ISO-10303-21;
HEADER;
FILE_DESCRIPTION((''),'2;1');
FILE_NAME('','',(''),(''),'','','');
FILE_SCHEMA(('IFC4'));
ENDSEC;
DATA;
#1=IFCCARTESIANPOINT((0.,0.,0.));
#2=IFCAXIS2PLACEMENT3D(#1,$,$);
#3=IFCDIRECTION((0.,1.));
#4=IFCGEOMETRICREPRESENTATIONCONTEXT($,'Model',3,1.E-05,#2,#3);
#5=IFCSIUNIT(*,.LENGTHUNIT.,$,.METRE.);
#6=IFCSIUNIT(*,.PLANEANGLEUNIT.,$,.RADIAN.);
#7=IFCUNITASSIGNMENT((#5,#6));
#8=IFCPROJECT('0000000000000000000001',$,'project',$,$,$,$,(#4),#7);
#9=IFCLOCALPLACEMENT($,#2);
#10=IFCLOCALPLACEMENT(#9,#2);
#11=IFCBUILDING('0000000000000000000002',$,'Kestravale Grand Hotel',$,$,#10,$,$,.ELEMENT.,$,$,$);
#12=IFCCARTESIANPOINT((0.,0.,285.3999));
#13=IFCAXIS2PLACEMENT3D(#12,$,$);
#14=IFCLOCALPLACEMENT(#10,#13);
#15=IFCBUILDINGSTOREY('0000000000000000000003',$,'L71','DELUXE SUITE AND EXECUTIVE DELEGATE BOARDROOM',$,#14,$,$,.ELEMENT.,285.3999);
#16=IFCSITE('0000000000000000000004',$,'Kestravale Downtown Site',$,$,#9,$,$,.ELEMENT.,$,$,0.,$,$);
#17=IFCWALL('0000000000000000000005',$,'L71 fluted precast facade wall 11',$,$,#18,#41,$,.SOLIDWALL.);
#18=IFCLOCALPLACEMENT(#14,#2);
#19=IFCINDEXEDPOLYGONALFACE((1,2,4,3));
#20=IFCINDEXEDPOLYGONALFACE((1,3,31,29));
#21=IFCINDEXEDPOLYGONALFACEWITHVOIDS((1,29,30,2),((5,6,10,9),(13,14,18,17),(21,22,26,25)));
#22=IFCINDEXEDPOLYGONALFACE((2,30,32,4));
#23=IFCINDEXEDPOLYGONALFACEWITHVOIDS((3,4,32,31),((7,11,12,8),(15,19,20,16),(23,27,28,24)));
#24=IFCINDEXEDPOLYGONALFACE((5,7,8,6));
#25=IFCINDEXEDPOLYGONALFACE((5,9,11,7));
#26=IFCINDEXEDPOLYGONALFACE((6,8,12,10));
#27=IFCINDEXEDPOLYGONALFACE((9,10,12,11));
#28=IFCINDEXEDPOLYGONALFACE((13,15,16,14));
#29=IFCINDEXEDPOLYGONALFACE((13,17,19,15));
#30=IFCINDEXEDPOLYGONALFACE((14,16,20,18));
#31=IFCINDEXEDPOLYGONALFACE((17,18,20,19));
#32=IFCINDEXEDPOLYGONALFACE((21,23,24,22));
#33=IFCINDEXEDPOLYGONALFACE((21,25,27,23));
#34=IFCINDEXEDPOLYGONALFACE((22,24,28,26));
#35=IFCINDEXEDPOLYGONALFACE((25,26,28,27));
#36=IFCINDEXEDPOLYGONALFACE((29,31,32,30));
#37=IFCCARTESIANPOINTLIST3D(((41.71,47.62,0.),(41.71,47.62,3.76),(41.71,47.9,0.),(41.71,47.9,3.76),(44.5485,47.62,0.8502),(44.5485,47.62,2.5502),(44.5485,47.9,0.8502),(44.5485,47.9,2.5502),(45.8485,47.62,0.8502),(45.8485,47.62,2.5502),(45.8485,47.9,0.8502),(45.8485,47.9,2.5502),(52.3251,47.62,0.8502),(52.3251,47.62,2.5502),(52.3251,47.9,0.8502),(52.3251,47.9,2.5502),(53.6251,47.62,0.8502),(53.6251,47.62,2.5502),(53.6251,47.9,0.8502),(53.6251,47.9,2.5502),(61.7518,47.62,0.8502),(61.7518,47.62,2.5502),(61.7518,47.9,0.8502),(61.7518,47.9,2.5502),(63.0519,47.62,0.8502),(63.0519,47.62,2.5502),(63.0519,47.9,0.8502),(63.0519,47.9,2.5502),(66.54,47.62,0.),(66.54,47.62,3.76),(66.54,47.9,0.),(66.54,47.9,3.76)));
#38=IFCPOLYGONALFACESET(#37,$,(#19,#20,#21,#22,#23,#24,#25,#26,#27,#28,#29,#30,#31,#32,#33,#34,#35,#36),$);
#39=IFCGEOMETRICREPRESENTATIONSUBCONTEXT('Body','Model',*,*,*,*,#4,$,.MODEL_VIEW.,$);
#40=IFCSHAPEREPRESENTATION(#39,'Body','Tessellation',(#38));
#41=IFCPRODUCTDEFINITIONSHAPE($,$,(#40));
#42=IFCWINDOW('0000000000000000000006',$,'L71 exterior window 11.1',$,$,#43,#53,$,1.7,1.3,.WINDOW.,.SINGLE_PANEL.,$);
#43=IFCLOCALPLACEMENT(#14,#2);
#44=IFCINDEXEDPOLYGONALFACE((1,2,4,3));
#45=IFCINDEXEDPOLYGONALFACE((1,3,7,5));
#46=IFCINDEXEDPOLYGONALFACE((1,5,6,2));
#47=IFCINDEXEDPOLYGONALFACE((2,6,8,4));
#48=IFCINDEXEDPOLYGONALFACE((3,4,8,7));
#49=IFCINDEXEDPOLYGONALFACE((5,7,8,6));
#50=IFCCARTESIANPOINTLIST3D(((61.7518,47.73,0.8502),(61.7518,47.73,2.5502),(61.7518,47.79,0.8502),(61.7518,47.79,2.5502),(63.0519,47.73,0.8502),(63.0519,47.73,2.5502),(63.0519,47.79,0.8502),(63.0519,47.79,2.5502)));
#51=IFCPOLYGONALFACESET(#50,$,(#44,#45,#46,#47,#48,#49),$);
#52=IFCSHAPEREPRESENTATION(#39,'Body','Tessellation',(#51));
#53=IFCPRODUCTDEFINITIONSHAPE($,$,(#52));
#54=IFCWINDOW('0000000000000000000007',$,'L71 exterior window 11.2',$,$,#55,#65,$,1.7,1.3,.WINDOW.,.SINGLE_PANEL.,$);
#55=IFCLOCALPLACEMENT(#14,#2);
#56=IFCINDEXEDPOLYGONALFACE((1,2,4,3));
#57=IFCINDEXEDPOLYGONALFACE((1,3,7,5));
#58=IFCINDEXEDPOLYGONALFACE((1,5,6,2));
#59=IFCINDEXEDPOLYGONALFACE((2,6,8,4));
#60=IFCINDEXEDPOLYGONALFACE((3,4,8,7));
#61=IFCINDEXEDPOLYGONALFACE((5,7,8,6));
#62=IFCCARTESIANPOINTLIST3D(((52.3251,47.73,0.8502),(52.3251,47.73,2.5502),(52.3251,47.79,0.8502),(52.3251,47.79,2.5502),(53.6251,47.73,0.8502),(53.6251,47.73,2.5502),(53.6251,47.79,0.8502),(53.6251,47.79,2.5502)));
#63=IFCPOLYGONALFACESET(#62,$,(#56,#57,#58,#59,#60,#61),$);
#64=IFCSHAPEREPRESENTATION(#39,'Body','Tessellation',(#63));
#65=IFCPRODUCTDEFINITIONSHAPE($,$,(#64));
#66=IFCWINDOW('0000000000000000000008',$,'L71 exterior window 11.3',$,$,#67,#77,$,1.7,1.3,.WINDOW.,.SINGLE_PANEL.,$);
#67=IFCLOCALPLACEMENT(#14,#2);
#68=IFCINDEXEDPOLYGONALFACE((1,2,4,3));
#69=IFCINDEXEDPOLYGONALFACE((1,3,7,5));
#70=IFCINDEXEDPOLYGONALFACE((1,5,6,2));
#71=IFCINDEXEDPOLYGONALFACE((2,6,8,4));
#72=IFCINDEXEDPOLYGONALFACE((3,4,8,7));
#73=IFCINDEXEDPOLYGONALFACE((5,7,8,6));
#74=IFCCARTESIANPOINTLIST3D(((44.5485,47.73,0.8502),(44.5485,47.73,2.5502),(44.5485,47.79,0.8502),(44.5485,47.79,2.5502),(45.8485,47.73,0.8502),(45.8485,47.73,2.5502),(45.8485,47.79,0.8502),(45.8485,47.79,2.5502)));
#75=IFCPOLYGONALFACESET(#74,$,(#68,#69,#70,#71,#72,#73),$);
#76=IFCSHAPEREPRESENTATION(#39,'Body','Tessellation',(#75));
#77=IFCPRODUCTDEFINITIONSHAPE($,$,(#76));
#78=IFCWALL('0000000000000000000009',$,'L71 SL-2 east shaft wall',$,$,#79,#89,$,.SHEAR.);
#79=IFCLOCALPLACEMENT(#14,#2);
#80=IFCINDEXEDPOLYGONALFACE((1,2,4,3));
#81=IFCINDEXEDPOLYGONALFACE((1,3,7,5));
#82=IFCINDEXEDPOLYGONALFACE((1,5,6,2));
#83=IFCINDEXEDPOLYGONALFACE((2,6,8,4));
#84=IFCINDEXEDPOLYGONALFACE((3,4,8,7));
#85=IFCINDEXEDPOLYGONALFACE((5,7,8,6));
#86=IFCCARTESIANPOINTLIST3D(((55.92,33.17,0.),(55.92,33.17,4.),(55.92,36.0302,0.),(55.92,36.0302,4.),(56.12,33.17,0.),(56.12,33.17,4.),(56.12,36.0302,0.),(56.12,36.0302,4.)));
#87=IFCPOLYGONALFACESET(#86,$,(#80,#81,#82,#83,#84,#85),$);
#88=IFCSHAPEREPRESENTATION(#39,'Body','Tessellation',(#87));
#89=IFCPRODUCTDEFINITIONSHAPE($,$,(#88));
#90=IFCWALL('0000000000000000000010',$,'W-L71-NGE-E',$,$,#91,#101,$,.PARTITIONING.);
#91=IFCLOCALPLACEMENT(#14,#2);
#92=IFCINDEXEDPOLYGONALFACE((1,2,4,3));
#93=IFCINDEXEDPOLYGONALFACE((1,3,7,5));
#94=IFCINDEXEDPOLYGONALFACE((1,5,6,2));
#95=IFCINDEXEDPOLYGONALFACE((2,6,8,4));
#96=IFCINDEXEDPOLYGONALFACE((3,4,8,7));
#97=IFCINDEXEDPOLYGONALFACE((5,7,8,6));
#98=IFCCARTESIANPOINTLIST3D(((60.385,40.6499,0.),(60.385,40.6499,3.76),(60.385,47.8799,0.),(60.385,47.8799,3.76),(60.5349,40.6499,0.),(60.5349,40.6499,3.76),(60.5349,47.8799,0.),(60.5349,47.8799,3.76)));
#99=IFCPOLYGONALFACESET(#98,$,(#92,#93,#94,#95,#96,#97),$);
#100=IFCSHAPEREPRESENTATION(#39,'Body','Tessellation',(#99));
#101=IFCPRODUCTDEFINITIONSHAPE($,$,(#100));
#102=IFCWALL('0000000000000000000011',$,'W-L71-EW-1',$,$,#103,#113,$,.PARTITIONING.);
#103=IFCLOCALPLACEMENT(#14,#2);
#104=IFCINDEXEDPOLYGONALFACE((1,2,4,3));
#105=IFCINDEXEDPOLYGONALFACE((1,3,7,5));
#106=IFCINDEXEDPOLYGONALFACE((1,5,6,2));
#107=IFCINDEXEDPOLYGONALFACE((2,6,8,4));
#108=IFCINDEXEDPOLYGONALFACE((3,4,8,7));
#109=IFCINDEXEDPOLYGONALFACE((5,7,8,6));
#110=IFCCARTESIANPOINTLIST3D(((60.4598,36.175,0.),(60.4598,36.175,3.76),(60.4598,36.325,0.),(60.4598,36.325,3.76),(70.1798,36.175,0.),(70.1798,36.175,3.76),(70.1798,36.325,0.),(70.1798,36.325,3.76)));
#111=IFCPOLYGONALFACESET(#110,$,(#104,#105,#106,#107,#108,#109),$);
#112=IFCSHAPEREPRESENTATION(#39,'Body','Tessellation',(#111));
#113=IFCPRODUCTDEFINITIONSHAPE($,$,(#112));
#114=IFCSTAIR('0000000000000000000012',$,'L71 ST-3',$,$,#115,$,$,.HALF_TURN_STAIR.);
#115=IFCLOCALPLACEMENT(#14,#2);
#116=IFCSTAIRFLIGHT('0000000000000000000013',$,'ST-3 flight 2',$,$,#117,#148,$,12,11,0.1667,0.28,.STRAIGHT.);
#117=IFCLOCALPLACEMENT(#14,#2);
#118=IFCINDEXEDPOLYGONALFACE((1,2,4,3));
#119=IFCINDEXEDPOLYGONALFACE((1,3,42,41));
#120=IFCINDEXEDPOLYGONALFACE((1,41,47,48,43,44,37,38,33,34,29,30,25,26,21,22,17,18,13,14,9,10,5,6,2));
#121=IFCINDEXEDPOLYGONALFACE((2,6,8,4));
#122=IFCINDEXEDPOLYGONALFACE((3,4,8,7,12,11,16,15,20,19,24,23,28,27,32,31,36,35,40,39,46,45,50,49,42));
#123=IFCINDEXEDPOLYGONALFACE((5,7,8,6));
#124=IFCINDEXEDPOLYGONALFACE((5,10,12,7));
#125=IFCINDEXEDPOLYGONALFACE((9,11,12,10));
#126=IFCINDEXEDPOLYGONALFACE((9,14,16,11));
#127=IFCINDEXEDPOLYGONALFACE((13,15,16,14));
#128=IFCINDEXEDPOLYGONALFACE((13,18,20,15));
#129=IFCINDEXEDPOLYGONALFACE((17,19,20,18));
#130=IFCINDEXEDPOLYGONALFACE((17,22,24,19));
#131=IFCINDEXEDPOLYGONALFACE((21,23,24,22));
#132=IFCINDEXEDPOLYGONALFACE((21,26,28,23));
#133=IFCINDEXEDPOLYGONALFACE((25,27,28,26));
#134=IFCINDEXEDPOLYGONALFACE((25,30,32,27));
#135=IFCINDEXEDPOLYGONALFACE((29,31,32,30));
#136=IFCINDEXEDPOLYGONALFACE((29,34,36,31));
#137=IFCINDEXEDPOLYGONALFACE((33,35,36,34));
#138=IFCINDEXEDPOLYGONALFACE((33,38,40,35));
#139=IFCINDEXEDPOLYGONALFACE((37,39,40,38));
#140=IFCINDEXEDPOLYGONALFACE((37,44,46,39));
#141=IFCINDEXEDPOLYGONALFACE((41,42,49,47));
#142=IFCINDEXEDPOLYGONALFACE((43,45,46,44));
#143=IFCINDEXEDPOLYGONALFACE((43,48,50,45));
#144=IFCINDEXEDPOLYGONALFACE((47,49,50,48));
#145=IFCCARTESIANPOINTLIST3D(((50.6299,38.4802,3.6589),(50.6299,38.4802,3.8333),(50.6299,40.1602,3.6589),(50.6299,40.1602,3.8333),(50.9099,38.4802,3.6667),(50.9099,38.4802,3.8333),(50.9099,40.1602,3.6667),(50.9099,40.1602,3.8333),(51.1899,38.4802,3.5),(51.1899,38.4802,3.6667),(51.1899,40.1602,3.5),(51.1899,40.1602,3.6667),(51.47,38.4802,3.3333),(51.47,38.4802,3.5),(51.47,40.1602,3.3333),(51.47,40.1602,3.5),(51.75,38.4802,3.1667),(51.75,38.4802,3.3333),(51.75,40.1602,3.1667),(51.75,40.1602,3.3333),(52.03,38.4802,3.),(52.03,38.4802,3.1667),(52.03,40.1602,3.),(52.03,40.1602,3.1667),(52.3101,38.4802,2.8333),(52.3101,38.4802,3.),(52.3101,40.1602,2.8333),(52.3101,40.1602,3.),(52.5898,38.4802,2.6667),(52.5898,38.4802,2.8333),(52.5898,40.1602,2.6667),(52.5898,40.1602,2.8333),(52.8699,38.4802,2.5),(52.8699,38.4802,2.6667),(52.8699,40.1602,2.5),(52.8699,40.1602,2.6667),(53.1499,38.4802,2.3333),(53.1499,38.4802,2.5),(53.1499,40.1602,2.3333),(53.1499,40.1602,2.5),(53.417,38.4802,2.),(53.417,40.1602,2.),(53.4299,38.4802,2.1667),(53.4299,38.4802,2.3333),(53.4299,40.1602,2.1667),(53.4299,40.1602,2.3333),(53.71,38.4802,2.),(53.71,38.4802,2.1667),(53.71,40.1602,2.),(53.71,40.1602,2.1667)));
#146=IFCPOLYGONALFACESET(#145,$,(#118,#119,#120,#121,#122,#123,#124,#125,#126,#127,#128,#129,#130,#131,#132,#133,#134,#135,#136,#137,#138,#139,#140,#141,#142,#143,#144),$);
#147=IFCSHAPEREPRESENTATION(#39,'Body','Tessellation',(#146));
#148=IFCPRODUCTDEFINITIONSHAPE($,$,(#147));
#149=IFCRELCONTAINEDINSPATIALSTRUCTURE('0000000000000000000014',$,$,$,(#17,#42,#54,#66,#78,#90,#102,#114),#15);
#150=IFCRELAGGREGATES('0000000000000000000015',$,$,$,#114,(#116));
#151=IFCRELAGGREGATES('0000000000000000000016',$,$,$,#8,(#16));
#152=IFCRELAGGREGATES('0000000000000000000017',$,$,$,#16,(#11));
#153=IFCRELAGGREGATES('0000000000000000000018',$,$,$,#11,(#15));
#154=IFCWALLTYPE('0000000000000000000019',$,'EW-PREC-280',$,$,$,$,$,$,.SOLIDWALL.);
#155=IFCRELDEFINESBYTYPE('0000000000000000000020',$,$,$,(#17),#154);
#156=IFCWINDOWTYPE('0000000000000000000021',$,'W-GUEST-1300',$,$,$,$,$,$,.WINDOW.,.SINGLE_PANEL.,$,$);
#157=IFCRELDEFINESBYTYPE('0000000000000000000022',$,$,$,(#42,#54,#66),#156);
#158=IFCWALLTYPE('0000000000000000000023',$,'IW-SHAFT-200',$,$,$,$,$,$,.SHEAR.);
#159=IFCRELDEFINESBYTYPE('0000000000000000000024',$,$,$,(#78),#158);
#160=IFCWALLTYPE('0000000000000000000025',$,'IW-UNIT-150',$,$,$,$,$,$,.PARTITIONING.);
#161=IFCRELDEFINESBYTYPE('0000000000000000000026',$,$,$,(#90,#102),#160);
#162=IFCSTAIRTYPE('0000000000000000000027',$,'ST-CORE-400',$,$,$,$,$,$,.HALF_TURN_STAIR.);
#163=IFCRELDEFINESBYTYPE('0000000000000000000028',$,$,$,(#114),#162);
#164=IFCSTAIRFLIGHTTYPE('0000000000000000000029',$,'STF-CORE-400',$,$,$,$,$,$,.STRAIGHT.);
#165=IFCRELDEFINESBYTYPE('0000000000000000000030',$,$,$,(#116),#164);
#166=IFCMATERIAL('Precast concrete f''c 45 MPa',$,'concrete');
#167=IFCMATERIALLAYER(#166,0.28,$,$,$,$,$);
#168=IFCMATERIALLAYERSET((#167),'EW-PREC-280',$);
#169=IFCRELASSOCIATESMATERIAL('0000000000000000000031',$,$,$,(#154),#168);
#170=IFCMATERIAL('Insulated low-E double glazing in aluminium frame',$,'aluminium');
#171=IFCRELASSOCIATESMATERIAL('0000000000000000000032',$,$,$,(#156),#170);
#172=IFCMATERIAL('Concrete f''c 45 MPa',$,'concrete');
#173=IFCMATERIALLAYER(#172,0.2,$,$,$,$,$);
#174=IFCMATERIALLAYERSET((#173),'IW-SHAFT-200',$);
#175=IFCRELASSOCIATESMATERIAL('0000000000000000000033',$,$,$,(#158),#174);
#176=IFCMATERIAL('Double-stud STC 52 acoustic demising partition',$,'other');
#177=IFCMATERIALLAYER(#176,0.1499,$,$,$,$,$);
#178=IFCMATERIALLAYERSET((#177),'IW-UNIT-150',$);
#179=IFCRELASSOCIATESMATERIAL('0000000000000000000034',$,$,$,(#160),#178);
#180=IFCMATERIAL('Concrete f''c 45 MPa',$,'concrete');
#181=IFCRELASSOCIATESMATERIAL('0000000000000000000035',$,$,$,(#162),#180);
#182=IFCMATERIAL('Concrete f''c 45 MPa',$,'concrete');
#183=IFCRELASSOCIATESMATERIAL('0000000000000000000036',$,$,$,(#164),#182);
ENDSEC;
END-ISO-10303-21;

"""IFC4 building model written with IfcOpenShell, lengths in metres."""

from ifc_helpers import new_model, si_unit, direction, frame, frame_2d, origin, place, context, subcontext, project, spatial, polyline, rectangle, outline, extrude, material, layer, layer_set, type_object, element, fill, aggregate, save


model = new_model("IFC4")

# Units and contexts
model_context = context("Model", 3, precision=1e-05, world=origin(), true_north=direction((0.0, 1.0)))
body_context = subcontext(model_context, "Body", "Model", "MODEL_VIEW")
ifc_project = project(units=[si_unit("LENGTHUNIT", "METRE"), si_unit("PLANEANGLEUNIT", "RADIAN")], contexts=[model_context])

# Site, building, storey
site_placement = place(None, origin())
site = spatial("IfcSite", under=ifc_project, at=site_placement, Name="Kestravale Downtown Site", CompositionType="ELEMENT", RefElevation=0.0)
building_placement = place(site_placement, origin())
building = spatial("IfcBuilding", under=site, at=building_placement, Name="Kestravale Grand Hotel", CompositionType="ELEMENT")
storey_placement = place(building_placement, frame((0.0, 0.0, 285.3999)))
storey = spatial("IfcBuildingStorey", under=building, at=storey_placement, Name="L71", Description="DELUXE SUITE AND EXECUTIVE DELEGATE BOARDROOM", CompositionType="ELEMENT", Elevation=285.3999)

# Shared definitions
ifc_material_1 = material(Name="Precast concrete f'c 45 MPa", Category="concrete")
ifc_layer_1 = layer(ifc_material_1, 0.28)
ifc_layer_set_1 = layer_set([ifc_layer_1], Name="EW-PREC-280")
wall_type_1 = type_object("IfcWallType", Name="EW-PREC-280", PredefinedType="SOLIDWALL", material=ifc_layer_set_1)
ifc_material_2 = material(Name="Insulated low-E double glazing in aluminium frame", Category="aluminium")
window_type = type_object("IfcWindowType", Name="W-GUEST-1300", PartitioningType="SINGLE_PANEL", PredefinedType="WINDOW", material=ifc_material_2)

# Wall, openings, windows
wall_1_placement = place(storey_placement, frame((66.54, 47.76, 0.0), z_axis=(0.0, 0.0, 1.0), x_axis=(-1.0, 0.0, 0.0)))
wall_1 = element("IfcWall", 1, at=wall_1_placement, inside=storey, type_object=wall_type_1, Name="L71 fluted precast facade wall 11", PredefinedType="SOLIDWALL", context=body_context, shape_type="SweptSolid", body=[
    extrude(rectangle(XDim=24.8301, YDim=0.28, at=frame_2d((12.415, 0.0))), origin(), (0.0, 0.0, 1.0), 3.76),
])
opening_1_placement = place(wall_1_placement, frame((3.4883, 0.0, 0.8501)))
opening_1 = element("IfcOpeningElement", 2, at=opening_1_placement, cuts=wall_1, PredefinedType="OPENING", context=body_context, shape_type="SweptSolid", body=[
    extrude(rectangle(XDim=1.3, YDim=1.7, at=frame_2d((0.6499, 0.8501))), frame((0.0, 0.1499, 0.0), z_axis=(0.0, -1.0, 0.0), x_axis=(1.0, 0.0, 0.0)), (0.0, 0.0, 1.0), 0.3),
])
opening_2_placement = place(wall_1_placement, frame((12.915, 0.0, 0.8501)))
opening_2 = element("IfcOpeningElement", 3, at=opening_2_placement, cuts=wall_1, PredefinedType="OPENING", context=body_context, shape_type="SweptSolid", body=[
    extrude(rectangle(XDim=1.3, YDim=1.7, at=frame_2d((0.6499, 0.8501))), frame((0.0, 0.1499, 0.0), z_axis=(0.0, -1.0, 0.0), x_axis=(1.0, 0.0, 0.0)), (0.0, 0.0, 1.0), 0.3),
])
opening_3_placement = place(wall_1_placement, frame((20.6917, 0.0, 0.8501)))
opening_3 = element("IfcOpeningElement", 4, at=opening_3_placement, cuts=wall_1, PredefinedType="OPENING", context=body_context, shape_type="SweptSolid", body=[
    extrude(rectangle(XDim=1.3, YDim=1.7, at=frame_2d((0.6499, 0.8501))), frame((0.0, 0.1499, 0.0), z_axis=(0.0, -1.0, 0.0), x_axis=(1.0, 0.0, 0.0)), (0.0, 0.0, 1.0), 0.3),
])
window_1_placement = place(opening_1_placement, origin())
window_1 = element("IfcWindow", 5, at=window_1_placement, inside=storey, type_object=window_type, Name="L71 exterior window 11.1", OverallHeight=1.7, OverallWidth=1.3, PartitioningType="SINGLE_PANEL", PredefinedType="WINDOW", context=body_context, shape_type="SweptSolid", body=[
    extrude(rectangle(XDim=1.3, YDim=1.7, at=frame_2d((0.6499, 0.8501))), frame((0.0, 0.03, 0.0), z_axis=(0.0, -1.0, 0.0), x_axis=(1.0, 0.0, 0.0)), (0.0, 0.0, 1.0), 0.0601),
])
fill(opening_1, window_1)
window_2_placement = place(opening_2_placement, origin())
window_2 = element("IfcWindow", 6, at=window_2_placement, inside=storey, type_object=window_type, Name="L71 exterior window 11.2", OverallHeight=1.7, OverallWidth=1.3, PartitioningType="SINGLE_PANEL", PredefinedType="WINDOW", context=body_context, shape_type="SweptSolid", body=[
    extrude(rectangle(XDim=1.3, YDim=1.7, at=frame_2d((0.6499, 0.8501))), frame((0.0, 0.03, 0.0), z_axis=(0.0, -1.0, 0.0), x_axis=(1.0, 0.0, 0.0)), (0.0, 0.0, 1.0), 0.0601),
])
fill(opening_2, window_2)
window_3_placement = place(opening_3_placement, origin())
window_3 = element("IfcWindow", 7, at=window_3_placement, inside=storey, type_object=window_type, Name="L71 exterior window 11.3", OverallHeight=1.7, OverallWidth=1.3, PartitioningType="SINGLE_PANEL", PredefinedType="WINDOW", context=body_context, shape_type="SweptSolid", body=[
    extrude(rectangle(XDim=1.3, YDim=1.7, at=frame_2d((0.6499, 0.8501))), frame((0.0, 0.03, 0.0), z_axis=(0.0, -1.0, 0.0), x_axis=(1.0, 0.0, 0.0)), (0.0, 0.0, 1.0), 0.0601),
])
fill(opening_3, window_3)

# Wall
ifc_material_3 = material(Name="Concrete f'c 45 MPa", Category="concrete")
ifc_layer_2 = layer(ifc_material_3, 0.2)
ifc_layer_set_2 = layer_set([ifc_layer_2], Name="IW-SHAFT-200")
wall_type_2 = type_object("IfcWallType", Name="IW-SHAFT-200", PredefinedType="SHEAR", material=ifc_layer_set_2)
wall_2_placement = place(storey_placement, frame((56.02, 33.1699, 0.0), z_axis=(0.0, 0.0, 1.0), x_axis=(0.0, 1.0, 0.0)))
element("IfcWall", 8, at=wall_2_placement, inside=storey, type_object=wall_type_2, Name="L71 SL-2 east shaft wall", PredefinedType="SHEAR", context=body_context, shape_type="SweptSolid", body=[
    extrude(rectangle(XDim=2.8601, YDim=0.2, at=frame_2d((1.4302, 0.0))), origin(), (0.0, 0.0, 1.0), 4.0),
])

# Shared definitions
ifc_material_4 = material(Name="Double-stud STC 52 acoustic demising partition", Category="other")
ifc_layer_3 = layer(ifc_material_4, 0.1499)
ifc_layer_set_3 = layer_set([ifc_layer_3], Name="IW-UNIT-150")
wall_type_3 = type_object("IfcWallType", Name="IW-UNIT-150", PredefinedType="PARTITIONING", material=ifc_layer_set_3)

# Walls
wall_3_placement = place(storey_placement, frame((60.46, 40.6499, 0.0), z_axis=(0.0, 0.0, 1.0), x_axis=(0.0, 1.0, 0.0)))
element("IfcWall", 9, at=wall_3_placement, inside=storey, type_object=wall_type_3, Name="W-L71-NGE-E", PredefinedType="PARTITIONING", context=body_context, shape_type="SweptSolid", body=[
    extrude(rectangle(XDim=7.23, YDim=0.1499, at=frame_2d((3.615, 0.0))), origin(), (0.0, 0.0, 1.0), 3.76),
])
wall_4_placement = place(storey_placement, frame((60.46, 36.25, 0.0), z_axis=(0.0, 0.0, 1.0), x_axis=(1.0, 0.0, 0.0)))
element("IfcWall", 10, at=wall_4_placement, inside=storey, type_object=wall_type_3, Name="W-L71-EW-1", PredefinedType="PARTITIONING", context=body_context, shape_type="SweptSolid", body=[
    extrude(rectangle(XDim=9.72, YDim=0.1499, at=frame_2d((4.8599, 0.0))), origin(), (0.0, 0.0, 1.0), 3.76),
])

# Stair, stair flight
ifc_material_5 = material(Name="Concrete f'c 45 MPa", Category="concrete")
stair_type = type_object("IfcStairType", Name="ST-CORE-400", PredefinedType="HALF_TURN_STAIR", material=ifc_material_5)
stair_placement = place(storey_placement, origin())
stair = element("IfcStair", 11, at=stair_placement, inside=storey, type_object=stair_type, Name="L71 ST-3", PredefinedType="HALF_TURN_STAIR")
ifc_material_6 = material(Name="Concrete f'c 45 MPa", Category="concrete")
stair_flight_type = type_object("IfcStairFlightType", Name="STF-CORE-400", PredefinedType="STRAIGHT", material=ifc_material_6)
stair_flight_placement = place(storey_placement, frame((53.71, 39.3201, 2.0), z_axis=(0.0, 0.0, 1.0), x_axis=(-1.0, 0.0, 0.0)))
stair_flight = element("IfcStairFlight", 12, at=stair_flight_placement, type_object=stair_flight_type, Name="ST-3 flight 2", NumberOfRisers=12, NumberOfTreads=11, PredefinedType="STRAIGHT", RiserHeight=0.1667, TreadLength=0.28, context=body_context, shape_type="SweptSolid", body=[
    extrude(outline(polyline([(0.0, 0.0), (0.0, 0.1667), (0.28, 0.1667), (0.28, 0.3333), (0.5601, 0.3333), (0.5601, 0.5), (0.8401, 0.5), (0.8401, 0.6667), (1.1201, 0.6667), (1.1201, 0.8333), (1.3999, 0.8333), (1.3999, 1.0), (1.6799, 1.0), (1.6799, 1.1667), (1.96, 1.1667), (1.96, 1.3333), (2.24, 1.3333), (2.24, 1.5), (2.52, 1.5), (2.52, 1.6667), (2.8, 1.6667), (2.8, 1.8333), (3.0801, 1.8333), (3.0801, 2.0), (3.0801, 1.6589), (0.293, 0.0), (0.0, 0.0)])), frame((0.0, 0.8398, 0.0), z_axis=(0.0, -1.0, 0.0), x_axis=(1.0, 0.0, 0.0)), (0.0, 0.0, 1.0), 1.6799),
])
aggregate(stair, [stair_flight])

save(model, "model.ifc")
